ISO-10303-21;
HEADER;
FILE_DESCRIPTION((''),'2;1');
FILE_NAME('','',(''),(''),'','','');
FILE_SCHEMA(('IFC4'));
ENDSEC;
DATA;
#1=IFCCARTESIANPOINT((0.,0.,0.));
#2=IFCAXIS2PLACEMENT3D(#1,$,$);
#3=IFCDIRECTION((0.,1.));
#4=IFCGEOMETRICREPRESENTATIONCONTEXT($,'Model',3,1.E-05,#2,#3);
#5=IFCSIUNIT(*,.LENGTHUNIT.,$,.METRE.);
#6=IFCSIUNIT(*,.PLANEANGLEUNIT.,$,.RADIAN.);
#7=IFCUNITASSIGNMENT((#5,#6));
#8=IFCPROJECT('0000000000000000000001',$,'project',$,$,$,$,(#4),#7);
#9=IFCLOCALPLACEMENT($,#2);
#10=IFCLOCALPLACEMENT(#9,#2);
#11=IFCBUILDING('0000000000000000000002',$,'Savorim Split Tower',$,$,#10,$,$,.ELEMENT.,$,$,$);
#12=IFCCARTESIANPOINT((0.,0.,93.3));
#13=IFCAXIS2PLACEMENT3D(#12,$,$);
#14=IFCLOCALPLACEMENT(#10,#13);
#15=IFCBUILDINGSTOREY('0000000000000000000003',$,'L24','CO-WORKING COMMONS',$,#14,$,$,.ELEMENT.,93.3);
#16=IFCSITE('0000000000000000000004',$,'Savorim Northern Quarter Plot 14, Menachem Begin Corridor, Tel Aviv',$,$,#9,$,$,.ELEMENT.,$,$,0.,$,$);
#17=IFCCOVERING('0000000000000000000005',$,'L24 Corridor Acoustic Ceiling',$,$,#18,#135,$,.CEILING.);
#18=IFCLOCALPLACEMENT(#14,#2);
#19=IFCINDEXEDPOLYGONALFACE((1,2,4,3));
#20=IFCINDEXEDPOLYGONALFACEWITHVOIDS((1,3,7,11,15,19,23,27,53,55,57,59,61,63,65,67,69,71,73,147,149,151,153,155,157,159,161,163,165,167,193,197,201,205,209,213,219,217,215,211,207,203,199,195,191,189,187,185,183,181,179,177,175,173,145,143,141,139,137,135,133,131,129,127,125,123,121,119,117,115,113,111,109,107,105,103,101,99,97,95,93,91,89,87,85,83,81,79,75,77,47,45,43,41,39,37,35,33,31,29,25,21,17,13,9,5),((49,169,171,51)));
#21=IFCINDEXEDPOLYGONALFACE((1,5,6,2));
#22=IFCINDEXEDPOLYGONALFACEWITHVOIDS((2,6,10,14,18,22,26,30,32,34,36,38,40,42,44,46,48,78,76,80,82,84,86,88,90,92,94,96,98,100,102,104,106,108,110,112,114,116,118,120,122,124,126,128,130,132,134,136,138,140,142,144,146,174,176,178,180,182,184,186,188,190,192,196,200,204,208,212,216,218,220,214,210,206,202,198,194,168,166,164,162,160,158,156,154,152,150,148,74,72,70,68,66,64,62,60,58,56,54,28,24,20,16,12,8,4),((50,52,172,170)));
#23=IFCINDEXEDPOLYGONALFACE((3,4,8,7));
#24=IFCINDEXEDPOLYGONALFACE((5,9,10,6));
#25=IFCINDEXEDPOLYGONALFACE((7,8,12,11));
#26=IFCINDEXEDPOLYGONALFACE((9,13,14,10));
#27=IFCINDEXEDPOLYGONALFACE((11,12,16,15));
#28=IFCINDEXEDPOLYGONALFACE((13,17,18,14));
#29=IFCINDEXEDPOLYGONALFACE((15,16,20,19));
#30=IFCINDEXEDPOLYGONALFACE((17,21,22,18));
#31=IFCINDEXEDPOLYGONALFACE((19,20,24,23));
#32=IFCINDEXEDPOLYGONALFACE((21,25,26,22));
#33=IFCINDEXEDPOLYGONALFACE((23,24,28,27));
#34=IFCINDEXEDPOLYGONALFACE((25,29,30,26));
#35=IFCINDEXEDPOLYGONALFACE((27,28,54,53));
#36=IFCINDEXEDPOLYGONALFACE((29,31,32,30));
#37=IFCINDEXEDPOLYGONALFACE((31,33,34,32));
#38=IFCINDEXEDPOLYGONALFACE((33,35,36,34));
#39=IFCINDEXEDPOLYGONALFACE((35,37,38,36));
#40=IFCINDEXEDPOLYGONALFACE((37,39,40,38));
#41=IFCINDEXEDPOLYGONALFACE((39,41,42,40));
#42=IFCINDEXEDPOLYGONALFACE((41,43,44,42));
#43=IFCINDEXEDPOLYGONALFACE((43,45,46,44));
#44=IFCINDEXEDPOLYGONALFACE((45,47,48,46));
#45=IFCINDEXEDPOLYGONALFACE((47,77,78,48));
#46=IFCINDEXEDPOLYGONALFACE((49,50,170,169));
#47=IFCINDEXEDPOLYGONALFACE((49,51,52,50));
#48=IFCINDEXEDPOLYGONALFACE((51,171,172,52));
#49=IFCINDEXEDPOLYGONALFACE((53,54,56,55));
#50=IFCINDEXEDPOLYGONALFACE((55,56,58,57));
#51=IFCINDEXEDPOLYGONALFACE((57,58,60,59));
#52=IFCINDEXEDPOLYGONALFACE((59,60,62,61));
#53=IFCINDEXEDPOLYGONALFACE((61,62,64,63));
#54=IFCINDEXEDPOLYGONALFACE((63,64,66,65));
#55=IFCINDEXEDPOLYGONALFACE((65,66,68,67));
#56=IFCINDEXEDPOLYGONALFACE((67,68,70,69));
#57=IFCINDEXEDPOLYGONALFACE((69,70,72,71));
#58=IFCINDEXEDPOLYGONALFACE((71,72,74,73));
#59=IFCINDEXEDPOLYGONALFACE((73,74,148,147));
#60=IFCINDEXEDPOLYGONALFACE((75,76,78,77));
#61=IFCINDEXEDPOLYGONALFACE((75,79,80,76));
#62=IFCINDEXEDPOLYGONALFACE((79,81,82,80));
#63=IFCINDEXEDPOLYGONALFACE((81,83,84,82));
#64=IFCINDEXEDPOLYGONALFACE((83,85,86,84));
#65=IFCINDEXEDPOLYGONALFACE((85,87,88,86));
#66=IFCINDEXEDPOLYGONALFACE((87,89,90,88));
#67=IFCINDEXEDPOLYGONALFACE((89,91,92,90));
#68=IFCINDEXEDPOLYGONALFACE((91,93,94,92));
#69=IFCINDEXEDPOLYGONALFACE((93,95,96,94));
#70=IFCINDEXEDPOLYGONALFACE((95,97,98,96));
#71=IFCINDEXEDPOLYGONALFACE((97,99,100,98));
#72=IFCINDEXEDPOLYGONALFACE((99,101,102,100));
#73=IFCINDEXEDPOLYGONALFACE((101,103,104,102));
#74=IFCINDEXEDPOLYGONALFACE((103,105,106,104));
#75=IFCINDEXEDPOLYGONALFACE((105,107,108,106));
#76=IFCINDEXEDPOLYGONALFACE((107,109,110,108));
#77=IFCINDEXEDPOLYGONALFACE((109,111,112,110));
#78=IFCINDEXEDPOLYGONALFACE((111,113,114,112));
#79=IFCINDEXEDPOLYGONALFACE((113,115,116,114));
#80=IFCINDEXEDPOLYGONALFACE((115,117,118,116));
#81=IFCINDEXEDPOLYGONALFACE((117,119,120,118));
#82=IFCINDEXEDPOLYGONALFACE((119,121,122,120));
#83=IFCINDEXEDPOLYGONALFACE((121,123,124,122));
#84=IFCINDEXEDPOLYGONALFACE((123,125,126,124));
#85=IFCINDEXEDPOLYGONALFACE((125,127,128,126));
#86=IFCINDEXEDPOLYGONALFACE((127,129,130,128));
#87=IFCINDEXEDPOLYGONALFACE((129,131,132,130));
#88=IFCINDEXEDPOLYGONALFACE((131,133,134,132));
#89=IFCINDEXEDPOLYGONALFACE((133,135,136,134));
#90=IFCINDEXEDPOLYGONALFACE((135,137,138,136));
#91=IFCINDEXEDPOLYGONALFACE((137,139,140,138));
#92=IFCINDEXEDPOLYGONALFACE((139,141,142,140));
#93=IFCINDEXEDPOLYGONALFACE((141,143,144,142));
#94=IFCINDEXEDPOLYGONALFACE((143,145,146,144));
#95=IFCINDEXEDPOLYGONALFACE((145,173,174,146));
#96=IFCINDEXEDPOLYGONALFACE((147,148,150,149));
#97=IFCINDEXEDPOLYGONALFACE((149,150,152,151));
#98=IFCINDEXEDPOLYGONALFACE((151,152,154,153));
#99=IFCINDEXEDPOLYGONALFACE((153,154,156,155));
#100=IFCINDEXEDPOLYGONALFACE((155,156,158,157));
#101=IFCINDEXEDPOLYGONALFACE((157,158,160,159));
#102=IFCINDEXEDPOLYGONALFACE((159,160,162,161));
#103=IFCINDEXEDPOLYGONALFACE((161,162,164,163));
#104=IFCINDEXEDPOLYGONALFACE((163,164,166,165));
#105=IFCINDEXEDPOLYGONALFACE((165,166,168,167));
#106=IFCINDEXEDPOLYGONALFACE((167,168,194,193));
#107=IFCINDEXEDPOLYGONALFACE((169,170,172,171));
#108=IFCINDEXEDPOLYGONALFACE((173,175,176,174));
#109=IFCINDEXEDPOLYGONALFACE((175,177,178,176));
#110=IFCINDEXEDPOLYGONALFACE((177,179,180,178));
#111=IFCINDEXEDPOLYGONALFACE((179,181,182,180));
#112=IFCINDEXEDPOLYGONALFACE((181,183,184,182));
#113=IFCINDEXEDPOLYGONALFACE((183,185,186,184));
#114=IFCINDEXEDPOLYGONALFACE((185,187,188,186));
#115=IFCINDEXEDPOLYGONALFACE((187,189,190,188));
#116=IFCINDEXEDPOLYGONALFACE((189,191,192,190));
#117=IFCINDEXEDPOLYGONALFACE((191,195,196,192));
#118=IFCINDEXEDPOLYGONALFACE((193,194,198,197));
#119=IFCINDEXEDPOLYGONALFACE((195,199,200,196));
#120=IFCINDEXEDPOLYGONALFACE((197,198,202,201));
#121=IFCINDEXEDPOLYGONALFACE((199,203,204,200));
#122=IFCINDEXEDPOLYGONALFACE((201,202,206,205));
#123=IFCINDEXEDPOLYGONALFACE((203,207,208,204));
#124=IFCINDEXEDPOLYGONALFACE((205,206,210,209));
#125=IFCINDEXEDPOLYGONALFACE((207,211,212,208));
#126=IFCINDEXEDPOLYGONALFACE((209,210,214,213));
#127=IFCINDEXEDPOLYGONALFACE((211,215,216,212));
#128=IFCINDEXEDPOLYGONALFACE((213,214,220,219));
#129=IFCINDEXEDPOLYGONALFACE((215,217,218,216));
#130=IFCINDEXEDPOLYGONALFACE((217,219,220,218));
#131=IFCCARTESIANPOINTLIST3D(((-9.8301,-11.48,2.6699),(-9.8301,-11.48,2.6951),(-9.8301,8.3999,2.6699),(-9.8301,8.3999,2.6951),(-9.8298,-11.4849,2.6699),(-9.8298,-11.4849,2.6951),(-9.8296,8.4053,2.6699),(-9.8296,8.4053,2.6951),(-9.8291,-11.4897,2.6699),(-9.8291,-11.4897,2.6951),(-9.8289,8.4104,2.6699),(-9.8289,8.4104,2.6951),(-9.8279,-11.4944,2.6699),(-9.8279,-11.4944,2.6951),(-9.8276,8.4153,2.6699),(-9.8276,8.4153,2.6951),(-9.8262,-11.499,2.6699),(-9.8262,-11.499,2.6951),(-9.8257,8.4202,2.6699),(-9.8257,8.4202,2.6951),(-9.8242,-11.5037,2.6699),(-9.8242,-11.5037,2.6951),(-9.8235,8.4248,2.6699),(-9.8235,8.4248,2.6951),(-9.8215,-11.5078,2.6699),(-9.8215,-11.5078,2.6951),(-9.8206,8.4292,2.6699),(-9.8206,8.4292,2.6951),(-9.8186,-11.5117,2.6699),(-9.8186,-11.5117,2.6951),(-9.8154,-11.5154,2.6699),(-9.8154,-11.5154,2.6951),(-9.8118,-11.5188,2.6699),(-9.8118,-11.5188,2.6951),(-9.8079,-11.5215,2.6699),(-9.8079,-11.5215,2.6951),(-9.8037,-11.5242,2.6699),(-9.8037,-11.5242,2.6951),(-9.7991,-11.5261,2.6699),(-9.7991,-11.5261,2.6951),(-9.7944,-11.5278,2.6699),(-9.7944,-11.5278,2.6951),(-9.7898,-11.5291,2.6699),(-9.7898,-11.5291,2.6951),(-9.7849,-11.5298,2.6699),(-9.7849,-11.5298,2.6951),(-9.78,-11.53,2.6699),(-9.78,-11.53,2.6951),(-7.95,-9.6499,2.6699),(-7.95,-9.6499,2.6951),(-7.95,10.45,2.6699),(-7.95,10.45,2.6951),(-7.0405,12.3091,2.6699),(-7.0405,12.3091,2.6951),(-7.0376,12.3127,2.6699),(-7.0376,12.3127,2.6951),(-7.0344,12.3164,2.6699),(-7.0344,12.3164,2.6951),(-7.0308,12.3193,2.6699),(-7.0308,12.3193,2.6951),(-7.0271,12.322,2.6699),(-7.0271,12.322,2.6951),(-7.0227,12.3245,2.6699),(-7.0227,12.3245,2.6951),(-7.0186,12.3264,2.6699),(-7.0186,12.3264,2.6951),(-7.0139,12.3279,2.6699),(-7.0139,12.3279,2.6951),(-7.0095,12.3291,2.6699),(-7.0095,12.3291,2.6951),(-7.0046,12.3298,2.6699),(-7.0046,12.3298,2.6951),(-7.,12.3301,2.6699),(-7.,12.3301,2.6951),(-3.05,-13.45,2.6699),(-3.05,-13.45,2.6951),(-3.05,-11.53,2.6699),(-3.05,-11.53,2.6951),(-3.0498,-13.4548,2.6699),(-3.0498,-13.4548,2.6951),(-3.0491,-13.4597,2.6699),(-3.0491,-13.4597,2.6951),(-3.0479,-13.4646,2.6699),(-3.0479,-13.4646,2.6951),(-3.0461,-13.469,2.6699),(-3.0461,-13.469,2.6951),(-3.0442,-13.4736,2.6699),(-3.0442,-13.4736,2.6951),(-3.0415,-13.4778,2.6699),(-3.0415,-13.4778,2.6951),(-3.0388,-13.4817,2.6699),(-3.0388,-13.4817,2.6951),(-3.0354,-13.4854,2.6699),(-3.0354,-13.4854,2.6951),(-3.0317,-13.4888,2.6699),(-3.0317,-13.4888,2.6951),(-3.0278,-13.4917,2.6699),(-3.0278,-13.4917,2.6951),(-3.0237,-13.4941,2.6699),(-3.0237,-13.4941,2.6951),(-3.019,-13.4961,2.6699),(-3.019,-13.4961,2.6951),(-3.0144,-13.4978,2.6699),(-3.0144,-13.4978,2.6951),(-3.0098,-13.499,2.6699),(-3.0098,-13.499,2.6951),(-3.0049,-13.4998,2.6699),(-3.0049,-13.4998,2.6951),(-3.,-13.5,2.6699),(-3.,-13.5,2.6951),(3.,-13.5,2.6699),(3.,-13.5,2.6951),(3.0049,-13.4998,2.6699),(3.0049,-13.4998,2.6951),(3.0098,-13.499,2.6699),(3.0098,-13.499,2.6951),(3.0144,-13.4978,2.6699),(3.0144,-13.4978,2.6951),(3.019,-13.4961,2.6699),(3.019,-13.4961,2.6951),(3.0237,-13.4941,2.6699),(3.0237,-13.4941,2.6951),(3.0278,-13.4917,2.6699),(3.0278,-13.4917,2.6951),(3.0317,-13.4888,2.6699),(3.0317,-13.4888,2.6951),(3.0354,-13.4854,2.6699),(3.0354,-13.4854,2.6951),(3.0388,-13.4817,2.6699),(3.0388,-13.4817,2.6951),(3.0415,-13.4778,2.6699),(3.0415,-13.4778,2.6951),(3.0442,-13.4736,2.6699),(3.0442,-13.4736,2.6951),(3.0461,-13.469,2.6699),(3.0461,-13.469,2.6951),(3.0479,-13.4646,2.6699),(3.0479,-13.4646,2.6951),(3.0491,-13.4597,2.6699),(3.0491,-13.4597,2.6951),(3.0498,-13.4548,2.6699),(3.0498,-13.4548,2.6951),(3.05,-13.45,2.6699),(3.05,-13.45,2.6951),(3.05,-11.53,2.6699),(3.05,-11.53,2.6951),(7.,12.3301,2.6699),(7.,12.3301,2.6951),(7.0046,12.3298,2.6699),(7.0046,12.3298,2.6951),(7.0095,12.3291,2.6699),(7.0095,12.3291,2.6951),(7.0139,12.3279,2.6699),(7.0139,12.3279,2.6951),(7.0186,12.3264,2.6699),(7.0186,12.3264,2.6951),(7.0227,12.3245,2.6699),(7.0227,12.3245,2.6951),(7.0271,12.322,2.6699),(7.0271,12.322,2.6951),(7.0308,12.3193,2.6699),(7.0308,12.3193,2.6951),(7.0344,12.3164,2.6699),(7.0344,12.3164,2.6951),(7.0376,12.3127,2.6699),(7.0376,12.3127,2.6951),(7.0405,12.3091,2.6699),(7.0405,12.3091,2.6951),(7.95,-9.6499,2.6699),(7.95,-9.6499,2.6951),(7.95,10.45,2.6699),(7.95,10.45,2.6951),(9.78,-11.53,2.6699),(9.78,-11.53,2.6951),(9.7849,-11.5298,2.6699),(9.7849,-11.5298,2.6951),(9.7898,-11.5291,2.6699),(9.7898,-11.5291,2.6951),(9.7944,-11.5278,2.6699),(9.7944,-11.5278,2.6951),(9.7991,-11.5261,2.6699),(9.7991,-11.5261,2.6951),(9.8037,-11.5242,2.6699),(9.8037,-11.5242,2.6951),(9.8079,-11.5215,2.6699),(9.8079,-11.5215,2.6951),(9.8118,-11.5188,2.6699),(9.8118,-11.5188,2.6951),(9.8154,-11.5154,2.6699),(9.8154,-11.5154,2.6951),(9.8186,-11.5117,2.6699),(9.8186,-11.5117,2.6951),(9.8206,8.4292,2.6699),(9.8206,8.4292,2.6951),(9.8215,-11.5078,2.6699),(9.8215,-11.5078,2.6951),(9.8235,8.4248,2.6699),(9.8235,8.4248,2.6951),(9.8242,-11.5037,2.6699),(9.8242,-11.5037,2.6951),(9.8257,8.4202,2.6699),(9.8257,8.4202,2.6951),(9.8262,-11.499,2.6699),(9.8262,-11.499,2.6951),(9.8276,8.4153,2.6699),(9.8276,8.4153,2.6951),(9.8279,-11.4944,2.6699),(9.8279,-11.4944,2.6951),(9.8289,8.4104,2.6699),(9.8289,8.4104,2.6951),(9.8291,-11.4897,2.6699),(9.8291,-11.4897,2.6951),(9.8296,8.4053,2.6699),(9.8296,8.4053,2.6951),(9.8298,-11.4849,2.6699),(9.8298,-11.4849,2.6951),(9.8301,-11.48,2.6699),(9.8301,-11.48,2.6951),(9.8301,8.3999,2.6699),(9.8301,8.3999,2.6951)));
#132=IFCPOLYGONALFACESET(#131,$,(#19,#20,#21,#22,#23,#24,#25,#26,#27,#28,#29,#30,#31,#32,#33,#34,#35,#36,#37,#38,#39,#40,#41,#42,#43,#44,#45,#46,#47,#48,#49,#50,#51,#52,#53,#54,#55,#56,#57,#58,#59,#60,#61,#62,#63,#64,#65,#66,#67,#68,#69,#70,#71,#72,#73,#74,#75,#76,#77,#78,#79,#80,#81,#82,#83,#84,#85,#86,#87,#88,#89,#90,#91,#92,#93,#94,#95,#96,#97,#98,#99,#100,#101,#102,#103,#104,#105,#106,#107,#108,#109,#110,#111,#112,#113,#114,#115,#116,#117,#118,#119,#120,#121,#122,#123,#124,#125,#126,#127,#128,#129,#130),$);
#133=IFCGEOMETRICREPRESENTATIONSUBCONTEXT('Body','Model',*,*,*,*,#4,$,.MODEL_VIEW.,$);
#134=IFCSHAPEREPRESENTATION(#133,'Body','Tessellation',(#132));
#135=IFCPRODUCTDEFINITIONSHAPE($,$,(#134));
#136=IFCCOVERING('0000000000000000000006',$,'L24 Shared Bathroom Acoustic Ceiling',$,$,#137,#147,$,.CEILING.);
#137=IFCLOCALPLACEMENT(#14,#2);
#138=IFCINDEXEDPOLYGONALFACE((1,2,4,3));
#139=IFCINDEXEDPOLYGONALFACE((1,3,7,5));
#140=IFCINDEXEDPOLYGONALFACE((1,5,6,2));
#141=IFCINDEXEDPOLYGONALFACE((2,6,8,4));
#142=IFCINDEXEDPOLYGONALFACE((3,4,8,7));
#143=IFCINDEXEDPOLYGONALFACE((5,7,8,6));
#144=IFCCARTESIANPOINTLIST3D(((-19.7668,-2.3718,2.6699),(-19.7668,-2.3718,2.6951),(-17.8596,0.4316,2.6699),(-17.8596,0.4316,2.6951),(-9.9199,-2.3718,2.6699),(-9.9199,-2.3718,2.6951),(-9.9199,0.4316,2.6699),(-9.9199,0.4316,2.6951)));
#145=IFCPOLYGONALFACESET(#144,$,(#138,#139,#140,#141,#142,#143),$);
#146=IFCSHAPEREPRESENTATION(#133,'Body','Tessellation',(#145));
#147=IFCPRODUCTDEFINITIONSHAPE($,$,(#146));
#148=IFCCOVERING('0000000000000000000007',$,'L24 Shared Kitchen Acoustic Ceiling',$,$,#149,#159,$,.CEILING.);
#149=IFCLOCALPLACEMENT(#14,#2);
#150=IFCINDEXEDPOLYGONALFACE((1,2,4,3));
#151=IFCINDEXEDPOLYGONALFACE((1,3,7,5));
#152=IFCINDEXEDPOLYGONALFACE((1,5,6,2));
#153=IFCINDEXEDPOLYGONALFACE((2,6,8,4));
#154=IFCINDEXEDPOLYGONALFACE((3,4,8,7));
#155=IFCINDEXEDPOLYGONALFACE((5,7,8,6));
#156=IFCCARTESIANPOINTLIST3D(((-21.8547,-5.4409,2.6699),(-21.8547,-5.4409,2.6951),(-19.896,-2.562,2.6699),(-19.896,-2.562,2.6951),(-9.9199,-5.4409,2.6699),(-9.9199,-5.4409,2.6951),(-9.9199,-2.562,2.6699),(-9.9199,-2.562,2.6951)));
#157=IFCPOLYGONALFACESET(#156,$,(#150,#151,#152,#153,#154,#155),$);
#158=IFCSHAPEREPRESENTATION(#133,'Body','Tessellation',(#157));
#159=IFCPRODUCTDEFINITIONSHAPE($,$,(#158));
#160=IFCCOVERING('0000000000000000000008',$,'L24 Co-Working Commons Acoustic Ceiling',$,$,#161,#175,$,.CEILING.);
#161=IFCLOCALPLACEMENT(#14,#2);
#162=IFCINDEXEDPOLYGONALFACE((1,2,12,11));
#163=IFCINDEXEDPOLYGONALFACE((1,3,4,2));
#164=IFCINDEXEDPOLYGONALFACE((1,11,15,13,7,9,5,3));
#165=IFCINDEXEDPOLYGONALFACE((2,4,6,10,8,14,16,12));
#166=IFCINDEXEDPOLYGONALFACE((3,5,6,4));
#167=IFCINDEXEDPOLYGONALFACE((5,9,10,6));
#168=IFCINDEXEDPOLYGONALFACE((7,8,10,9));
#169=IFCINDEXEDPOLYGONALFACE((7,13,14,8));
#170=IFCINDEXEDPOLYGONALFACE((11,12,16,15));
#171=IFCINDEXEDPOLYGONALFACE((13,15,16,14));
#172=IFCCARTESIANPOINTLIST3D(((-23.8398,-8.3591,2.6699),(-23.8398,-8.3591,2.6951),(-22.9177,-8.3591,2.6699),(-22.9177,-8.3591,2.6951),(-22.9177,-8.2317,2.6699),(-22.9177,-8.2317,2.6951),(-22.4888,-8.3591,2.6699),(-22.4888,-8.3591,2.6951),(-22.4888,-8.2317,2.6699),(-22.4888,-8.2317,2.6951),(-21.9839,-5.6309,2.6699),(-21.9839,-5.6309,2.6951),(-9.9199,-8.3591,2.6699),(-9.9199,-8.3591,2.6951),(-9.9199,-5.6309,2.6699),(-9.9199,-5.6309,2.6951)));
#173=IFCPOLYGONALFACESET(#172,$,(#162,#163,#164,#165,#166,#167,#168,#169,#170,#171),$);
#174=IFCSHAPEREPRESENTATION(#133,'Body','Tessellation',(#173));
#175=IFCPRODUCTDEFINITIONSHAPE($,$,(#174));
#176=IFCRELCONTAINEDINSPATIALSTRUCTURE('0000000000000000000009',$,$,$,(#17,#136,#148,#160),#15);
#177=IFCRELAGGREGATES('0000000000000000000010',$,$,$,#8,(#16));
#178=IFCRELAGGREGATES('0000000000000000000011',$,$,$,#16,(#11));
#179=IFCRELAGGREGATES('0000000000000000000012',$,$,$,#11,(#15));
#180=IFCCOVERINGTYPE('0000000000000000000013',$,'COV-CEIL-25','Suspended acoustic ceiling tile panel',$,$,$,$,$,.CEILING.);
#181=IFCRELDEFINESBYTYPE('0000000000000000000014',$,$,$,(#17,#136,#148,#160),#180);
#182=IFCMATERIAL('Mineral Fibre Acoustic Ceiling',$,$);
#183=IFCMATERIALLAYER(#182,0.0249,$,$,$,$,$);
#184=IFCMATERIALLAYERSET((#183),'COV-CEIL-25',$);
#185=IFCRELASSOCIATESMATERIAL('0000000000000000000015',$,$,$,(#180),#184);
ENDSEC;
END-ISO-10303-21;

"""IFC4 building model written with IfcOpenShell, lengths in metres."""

from ifc_helpers import new_model, si_unit, direction, frame, origin, place, context, subcontext, project, spatial, polyline, outline, extrude, material, layer, layer_set, type_object, element, save


model = new_model("IFC4")

# Units and contexts
model_context = context("Model", 3, precision=1e-05, world=origin(), true_north=direction((0.0, 1.0)))
body_context = subcontext(model_context, "Body", "Model", "MODEL_VIEW")
ifc_project = project(units=[si_unit("LENGTHUNIT", "METRE"), si_unit("PLANEANGLEUNIT", "RADIAN")], contexts=[model_context])

# Site, building, storey
site_placement = place(None, origin())
site = spatial("IfcSite", under=ifc_project, at=site_placement, Name="Savorim Northern Quarter Plot 14, Menachem Begin Corridor, Tel Aviv", CompositionType="ELEMENT", RefElevation=0.0)
building_placement = place(site_placement, origin())
building = spatial("IfcBuilding", under=site, at=building_placement, Name="Savorim Split Tower", CompositionType="ELEMENT")
storey_placement = place(building_placement, frame((0.0, 0.0, 93.3)))
storey = spatial("IfcBuildingStorey", under=building, at=storey_placement, Name="L24", Description="CO-WORKING COMMONS", CompositionType="ELEMENT", Elevation=93.3)

# Coverings
ifc_material_1 = material(Name="Mineral Fibre Acoustic Ceiling")
ifc_layer_1 = layer(ifc_material_1, 0.0249)
ifc_layer_set_1 = layer_set([ifc_layer_1], Name="COV-CEIL-25")
covering_type_1 = type_object("IfcCoveringType", Name="COV-CEIL-25", Description="Suspended acoustic ceiling tile panel", PredefinedType="CEILING", material=ifc_layer_set_1)
covering_1_placement = place(storey_placement, frame((0.0, 0.0, 2.6699)))
element("IfcCovering", 1, at=covering_1_placement, inside=storey, type_object=covering_type_1, Name="L24 Corridor Acoustic Ceiling", PredefinedType="CEILING", context=body_context, shape_type="SweptSolid", body=[
    extrude(outline(polyline([(7.0095, 12.3291), (7.0046, 12.3298), (7.0, 12.3301), (-7.0, 12.3301), (-7.0046, 12.3298), (-7.0095, 12.3291), (-7.0139, 12.3279), (-7.0186, 12.3264), (-7.0227, 12.3245), (-7.0271, 12.322), (-7.0308, 12.3193), (-7.0344, 12.3164), (-7.0376, 12.3127), (-7.0405, 12.3091), (-9.8206, 8.4292), (-9.8235, 8.4248), (-9.8257, 8.4202), (-9.8276, 8.4153), (-9.8289, 8.4104), (-9.8296, 8.4053), (-9.8301, 8.3999), (-9.8301, -11.48), (-9.8298, -11.4849), (-9.8291, -11.4897), (-9.8279, -11.4944), (-9.8262, -11.499), (-9.8242, -11.5037), (-9.8215, -11.5078), (-9.8186, -11.5117), (-9.8154, -11.5154), (-9.8118, -11.5188), (-9.8079, -11.5215), (-9.8037, -11.5242), (-9.7991, -11.5261), (-9.7944, -11.5278), (-9.7898, -11.5291), (-9.7849, -11.5298), (-9.78, -11.53), (-3.05, -11.53), (-3.05, -13.45), (-3.0498, -13.4548), (-3.0491, -13.4597), (-3.0479, -13.4646), (-3.0461, -13.469), (-3.0442, -13.4736), (-3.0415, -13.4778), (-3.0388, -13.4817), (-3.0354, -13.4854), (-3.0317, -13.4888), (-3.0278, -13.4917), (-3.0237, -13.4941), (-3.019, -13.4961), (-3.0144, -13.4978), (-3.0098, -13.499), (-3.0049, -13.4998), (-3.0, -13.5), (3.0, -13.5), (3.0049, -13.4998), (3.0098, -13.499), (3.0144, -13.4978), (3.019, -13.4961), (3.0237, -13.4941), (3.0278, -13.4917), (3.0317, -13.4888), (3.0354, -13.4854), (3.0388, -13.4817), (3.0415, -13.4778), (3.0442, -13.4736), (3.0461, -13.469), (3.0479, -13.4646), (3.0491, -13.4597), (3.0498, -13.4548), (3.05, -13.45), (3.05, -11.53), (9.78, -11.53), (9.7849, -11.5298), (9.7898, -11.5291), (9.7944, -11.5278), (9.7991, -11.5261), (9.8037, -11.5242), (9.8079, -11.5215), (9.8118, -11.5188), (9.8154, -11.5154), (9.8186, -11.5117), (9.8215, -11.5078), (9.8242, -11.5037), (9.8262, -11.499), (9.8279, -11.4944), (9.8291, -11.4897), (9.8298, -11.4849), (9.8301, -11.48), (9.8301, 8.3999), (9.8296, 8.4053), (9.8289, 8.4104), (9.8276, 8.4153), (9.8257, 8.4202), (9.8235, 8.4248), (9.8206, 8.4292), (7.0405, 12.3091), (7.0376, 12.3127), (7.0344, 12.3164), (7.0308, 12.3193), (7.0271, 12.322), (7.0227, 12.3245), (7.0186, 12.3264), (7.0139, 12.3279), (7.0095, 12.3291)]), holes=[polyline([(-7.95, 10.45), (-7.95, -9.6499), (7.95, -9.6499), (7.95, 10.45), (-7.95, 10.45)])]), origin(), (0.0, 0.0, 1.0), 0.0251),
])
covering_2_placement = place(storey_placement, frame((0.0, 0.0, 2.6699)))
element("IfcCovering", 2, at=covering_2_placement, inside=storey, type_object=covering_type_1, Name="L24 Shared Bathroom Acoustic Ceiling", PredefinedType="CEILING", context=body_context, shape_type="SweptSolid", body=[
    extrude(outline(polyline([(-17.8596, 0.4316), (-19.7668, -2.3718), (-9.9199, -2.3718), (-9.9199, 0.4316), (-17.8596, 0.4316)])), origin(), (0.0, 0.0, 1.0), 0.0251),
])
covering_3_placement = place(storey_placement, frame((0.0, 0.0, 2.6699)))
element("IfcCovering", 3, at=covering_3_placement, inside=storey, type_object=covering_type_1, Name="L24 Shared Kitchen Acoustic Ceiling", PredefinedType="CEILING", context=body_context, shape_type="SweptSolid", body=[
    extrude(outline(polyline([(-19.896, -2.562), (-21.8547, -5.4409), (-9.9199, -5.4409), (-9.9199, -2.562), (-19.896, -2.562)])), origin(), (0.0, 0.0, 1.0), 0.0251),
])
covering_4_placement = place(storey_placement, frame((0.0, 0.0, 2.6699)))
element("IfcCovering", 4, at=covering_4_placement, inside=storey, type_object=covering_type_1, Name="L24 Co-Working Commons Acoustic Ceiling", PredefinedType="CEILING", context=body_context, shape_type="SweptSolid", body=[
    extrude(outline(polyline([(-22.4888, -8.2317), (-22.4888, -8.3591), (-9.9199, -8.3591), (-9.9199, -5.6309), (-21.9839, -5.6309), (-23.8398, -8.3591), (-22.9177, -8.3591), (-22.9177, -8.2317), (-22.4888, -8.2317)])), origin(), (0.0, 0.0, 1.0), 0.0251),
])

save(model, "model.ifc")
